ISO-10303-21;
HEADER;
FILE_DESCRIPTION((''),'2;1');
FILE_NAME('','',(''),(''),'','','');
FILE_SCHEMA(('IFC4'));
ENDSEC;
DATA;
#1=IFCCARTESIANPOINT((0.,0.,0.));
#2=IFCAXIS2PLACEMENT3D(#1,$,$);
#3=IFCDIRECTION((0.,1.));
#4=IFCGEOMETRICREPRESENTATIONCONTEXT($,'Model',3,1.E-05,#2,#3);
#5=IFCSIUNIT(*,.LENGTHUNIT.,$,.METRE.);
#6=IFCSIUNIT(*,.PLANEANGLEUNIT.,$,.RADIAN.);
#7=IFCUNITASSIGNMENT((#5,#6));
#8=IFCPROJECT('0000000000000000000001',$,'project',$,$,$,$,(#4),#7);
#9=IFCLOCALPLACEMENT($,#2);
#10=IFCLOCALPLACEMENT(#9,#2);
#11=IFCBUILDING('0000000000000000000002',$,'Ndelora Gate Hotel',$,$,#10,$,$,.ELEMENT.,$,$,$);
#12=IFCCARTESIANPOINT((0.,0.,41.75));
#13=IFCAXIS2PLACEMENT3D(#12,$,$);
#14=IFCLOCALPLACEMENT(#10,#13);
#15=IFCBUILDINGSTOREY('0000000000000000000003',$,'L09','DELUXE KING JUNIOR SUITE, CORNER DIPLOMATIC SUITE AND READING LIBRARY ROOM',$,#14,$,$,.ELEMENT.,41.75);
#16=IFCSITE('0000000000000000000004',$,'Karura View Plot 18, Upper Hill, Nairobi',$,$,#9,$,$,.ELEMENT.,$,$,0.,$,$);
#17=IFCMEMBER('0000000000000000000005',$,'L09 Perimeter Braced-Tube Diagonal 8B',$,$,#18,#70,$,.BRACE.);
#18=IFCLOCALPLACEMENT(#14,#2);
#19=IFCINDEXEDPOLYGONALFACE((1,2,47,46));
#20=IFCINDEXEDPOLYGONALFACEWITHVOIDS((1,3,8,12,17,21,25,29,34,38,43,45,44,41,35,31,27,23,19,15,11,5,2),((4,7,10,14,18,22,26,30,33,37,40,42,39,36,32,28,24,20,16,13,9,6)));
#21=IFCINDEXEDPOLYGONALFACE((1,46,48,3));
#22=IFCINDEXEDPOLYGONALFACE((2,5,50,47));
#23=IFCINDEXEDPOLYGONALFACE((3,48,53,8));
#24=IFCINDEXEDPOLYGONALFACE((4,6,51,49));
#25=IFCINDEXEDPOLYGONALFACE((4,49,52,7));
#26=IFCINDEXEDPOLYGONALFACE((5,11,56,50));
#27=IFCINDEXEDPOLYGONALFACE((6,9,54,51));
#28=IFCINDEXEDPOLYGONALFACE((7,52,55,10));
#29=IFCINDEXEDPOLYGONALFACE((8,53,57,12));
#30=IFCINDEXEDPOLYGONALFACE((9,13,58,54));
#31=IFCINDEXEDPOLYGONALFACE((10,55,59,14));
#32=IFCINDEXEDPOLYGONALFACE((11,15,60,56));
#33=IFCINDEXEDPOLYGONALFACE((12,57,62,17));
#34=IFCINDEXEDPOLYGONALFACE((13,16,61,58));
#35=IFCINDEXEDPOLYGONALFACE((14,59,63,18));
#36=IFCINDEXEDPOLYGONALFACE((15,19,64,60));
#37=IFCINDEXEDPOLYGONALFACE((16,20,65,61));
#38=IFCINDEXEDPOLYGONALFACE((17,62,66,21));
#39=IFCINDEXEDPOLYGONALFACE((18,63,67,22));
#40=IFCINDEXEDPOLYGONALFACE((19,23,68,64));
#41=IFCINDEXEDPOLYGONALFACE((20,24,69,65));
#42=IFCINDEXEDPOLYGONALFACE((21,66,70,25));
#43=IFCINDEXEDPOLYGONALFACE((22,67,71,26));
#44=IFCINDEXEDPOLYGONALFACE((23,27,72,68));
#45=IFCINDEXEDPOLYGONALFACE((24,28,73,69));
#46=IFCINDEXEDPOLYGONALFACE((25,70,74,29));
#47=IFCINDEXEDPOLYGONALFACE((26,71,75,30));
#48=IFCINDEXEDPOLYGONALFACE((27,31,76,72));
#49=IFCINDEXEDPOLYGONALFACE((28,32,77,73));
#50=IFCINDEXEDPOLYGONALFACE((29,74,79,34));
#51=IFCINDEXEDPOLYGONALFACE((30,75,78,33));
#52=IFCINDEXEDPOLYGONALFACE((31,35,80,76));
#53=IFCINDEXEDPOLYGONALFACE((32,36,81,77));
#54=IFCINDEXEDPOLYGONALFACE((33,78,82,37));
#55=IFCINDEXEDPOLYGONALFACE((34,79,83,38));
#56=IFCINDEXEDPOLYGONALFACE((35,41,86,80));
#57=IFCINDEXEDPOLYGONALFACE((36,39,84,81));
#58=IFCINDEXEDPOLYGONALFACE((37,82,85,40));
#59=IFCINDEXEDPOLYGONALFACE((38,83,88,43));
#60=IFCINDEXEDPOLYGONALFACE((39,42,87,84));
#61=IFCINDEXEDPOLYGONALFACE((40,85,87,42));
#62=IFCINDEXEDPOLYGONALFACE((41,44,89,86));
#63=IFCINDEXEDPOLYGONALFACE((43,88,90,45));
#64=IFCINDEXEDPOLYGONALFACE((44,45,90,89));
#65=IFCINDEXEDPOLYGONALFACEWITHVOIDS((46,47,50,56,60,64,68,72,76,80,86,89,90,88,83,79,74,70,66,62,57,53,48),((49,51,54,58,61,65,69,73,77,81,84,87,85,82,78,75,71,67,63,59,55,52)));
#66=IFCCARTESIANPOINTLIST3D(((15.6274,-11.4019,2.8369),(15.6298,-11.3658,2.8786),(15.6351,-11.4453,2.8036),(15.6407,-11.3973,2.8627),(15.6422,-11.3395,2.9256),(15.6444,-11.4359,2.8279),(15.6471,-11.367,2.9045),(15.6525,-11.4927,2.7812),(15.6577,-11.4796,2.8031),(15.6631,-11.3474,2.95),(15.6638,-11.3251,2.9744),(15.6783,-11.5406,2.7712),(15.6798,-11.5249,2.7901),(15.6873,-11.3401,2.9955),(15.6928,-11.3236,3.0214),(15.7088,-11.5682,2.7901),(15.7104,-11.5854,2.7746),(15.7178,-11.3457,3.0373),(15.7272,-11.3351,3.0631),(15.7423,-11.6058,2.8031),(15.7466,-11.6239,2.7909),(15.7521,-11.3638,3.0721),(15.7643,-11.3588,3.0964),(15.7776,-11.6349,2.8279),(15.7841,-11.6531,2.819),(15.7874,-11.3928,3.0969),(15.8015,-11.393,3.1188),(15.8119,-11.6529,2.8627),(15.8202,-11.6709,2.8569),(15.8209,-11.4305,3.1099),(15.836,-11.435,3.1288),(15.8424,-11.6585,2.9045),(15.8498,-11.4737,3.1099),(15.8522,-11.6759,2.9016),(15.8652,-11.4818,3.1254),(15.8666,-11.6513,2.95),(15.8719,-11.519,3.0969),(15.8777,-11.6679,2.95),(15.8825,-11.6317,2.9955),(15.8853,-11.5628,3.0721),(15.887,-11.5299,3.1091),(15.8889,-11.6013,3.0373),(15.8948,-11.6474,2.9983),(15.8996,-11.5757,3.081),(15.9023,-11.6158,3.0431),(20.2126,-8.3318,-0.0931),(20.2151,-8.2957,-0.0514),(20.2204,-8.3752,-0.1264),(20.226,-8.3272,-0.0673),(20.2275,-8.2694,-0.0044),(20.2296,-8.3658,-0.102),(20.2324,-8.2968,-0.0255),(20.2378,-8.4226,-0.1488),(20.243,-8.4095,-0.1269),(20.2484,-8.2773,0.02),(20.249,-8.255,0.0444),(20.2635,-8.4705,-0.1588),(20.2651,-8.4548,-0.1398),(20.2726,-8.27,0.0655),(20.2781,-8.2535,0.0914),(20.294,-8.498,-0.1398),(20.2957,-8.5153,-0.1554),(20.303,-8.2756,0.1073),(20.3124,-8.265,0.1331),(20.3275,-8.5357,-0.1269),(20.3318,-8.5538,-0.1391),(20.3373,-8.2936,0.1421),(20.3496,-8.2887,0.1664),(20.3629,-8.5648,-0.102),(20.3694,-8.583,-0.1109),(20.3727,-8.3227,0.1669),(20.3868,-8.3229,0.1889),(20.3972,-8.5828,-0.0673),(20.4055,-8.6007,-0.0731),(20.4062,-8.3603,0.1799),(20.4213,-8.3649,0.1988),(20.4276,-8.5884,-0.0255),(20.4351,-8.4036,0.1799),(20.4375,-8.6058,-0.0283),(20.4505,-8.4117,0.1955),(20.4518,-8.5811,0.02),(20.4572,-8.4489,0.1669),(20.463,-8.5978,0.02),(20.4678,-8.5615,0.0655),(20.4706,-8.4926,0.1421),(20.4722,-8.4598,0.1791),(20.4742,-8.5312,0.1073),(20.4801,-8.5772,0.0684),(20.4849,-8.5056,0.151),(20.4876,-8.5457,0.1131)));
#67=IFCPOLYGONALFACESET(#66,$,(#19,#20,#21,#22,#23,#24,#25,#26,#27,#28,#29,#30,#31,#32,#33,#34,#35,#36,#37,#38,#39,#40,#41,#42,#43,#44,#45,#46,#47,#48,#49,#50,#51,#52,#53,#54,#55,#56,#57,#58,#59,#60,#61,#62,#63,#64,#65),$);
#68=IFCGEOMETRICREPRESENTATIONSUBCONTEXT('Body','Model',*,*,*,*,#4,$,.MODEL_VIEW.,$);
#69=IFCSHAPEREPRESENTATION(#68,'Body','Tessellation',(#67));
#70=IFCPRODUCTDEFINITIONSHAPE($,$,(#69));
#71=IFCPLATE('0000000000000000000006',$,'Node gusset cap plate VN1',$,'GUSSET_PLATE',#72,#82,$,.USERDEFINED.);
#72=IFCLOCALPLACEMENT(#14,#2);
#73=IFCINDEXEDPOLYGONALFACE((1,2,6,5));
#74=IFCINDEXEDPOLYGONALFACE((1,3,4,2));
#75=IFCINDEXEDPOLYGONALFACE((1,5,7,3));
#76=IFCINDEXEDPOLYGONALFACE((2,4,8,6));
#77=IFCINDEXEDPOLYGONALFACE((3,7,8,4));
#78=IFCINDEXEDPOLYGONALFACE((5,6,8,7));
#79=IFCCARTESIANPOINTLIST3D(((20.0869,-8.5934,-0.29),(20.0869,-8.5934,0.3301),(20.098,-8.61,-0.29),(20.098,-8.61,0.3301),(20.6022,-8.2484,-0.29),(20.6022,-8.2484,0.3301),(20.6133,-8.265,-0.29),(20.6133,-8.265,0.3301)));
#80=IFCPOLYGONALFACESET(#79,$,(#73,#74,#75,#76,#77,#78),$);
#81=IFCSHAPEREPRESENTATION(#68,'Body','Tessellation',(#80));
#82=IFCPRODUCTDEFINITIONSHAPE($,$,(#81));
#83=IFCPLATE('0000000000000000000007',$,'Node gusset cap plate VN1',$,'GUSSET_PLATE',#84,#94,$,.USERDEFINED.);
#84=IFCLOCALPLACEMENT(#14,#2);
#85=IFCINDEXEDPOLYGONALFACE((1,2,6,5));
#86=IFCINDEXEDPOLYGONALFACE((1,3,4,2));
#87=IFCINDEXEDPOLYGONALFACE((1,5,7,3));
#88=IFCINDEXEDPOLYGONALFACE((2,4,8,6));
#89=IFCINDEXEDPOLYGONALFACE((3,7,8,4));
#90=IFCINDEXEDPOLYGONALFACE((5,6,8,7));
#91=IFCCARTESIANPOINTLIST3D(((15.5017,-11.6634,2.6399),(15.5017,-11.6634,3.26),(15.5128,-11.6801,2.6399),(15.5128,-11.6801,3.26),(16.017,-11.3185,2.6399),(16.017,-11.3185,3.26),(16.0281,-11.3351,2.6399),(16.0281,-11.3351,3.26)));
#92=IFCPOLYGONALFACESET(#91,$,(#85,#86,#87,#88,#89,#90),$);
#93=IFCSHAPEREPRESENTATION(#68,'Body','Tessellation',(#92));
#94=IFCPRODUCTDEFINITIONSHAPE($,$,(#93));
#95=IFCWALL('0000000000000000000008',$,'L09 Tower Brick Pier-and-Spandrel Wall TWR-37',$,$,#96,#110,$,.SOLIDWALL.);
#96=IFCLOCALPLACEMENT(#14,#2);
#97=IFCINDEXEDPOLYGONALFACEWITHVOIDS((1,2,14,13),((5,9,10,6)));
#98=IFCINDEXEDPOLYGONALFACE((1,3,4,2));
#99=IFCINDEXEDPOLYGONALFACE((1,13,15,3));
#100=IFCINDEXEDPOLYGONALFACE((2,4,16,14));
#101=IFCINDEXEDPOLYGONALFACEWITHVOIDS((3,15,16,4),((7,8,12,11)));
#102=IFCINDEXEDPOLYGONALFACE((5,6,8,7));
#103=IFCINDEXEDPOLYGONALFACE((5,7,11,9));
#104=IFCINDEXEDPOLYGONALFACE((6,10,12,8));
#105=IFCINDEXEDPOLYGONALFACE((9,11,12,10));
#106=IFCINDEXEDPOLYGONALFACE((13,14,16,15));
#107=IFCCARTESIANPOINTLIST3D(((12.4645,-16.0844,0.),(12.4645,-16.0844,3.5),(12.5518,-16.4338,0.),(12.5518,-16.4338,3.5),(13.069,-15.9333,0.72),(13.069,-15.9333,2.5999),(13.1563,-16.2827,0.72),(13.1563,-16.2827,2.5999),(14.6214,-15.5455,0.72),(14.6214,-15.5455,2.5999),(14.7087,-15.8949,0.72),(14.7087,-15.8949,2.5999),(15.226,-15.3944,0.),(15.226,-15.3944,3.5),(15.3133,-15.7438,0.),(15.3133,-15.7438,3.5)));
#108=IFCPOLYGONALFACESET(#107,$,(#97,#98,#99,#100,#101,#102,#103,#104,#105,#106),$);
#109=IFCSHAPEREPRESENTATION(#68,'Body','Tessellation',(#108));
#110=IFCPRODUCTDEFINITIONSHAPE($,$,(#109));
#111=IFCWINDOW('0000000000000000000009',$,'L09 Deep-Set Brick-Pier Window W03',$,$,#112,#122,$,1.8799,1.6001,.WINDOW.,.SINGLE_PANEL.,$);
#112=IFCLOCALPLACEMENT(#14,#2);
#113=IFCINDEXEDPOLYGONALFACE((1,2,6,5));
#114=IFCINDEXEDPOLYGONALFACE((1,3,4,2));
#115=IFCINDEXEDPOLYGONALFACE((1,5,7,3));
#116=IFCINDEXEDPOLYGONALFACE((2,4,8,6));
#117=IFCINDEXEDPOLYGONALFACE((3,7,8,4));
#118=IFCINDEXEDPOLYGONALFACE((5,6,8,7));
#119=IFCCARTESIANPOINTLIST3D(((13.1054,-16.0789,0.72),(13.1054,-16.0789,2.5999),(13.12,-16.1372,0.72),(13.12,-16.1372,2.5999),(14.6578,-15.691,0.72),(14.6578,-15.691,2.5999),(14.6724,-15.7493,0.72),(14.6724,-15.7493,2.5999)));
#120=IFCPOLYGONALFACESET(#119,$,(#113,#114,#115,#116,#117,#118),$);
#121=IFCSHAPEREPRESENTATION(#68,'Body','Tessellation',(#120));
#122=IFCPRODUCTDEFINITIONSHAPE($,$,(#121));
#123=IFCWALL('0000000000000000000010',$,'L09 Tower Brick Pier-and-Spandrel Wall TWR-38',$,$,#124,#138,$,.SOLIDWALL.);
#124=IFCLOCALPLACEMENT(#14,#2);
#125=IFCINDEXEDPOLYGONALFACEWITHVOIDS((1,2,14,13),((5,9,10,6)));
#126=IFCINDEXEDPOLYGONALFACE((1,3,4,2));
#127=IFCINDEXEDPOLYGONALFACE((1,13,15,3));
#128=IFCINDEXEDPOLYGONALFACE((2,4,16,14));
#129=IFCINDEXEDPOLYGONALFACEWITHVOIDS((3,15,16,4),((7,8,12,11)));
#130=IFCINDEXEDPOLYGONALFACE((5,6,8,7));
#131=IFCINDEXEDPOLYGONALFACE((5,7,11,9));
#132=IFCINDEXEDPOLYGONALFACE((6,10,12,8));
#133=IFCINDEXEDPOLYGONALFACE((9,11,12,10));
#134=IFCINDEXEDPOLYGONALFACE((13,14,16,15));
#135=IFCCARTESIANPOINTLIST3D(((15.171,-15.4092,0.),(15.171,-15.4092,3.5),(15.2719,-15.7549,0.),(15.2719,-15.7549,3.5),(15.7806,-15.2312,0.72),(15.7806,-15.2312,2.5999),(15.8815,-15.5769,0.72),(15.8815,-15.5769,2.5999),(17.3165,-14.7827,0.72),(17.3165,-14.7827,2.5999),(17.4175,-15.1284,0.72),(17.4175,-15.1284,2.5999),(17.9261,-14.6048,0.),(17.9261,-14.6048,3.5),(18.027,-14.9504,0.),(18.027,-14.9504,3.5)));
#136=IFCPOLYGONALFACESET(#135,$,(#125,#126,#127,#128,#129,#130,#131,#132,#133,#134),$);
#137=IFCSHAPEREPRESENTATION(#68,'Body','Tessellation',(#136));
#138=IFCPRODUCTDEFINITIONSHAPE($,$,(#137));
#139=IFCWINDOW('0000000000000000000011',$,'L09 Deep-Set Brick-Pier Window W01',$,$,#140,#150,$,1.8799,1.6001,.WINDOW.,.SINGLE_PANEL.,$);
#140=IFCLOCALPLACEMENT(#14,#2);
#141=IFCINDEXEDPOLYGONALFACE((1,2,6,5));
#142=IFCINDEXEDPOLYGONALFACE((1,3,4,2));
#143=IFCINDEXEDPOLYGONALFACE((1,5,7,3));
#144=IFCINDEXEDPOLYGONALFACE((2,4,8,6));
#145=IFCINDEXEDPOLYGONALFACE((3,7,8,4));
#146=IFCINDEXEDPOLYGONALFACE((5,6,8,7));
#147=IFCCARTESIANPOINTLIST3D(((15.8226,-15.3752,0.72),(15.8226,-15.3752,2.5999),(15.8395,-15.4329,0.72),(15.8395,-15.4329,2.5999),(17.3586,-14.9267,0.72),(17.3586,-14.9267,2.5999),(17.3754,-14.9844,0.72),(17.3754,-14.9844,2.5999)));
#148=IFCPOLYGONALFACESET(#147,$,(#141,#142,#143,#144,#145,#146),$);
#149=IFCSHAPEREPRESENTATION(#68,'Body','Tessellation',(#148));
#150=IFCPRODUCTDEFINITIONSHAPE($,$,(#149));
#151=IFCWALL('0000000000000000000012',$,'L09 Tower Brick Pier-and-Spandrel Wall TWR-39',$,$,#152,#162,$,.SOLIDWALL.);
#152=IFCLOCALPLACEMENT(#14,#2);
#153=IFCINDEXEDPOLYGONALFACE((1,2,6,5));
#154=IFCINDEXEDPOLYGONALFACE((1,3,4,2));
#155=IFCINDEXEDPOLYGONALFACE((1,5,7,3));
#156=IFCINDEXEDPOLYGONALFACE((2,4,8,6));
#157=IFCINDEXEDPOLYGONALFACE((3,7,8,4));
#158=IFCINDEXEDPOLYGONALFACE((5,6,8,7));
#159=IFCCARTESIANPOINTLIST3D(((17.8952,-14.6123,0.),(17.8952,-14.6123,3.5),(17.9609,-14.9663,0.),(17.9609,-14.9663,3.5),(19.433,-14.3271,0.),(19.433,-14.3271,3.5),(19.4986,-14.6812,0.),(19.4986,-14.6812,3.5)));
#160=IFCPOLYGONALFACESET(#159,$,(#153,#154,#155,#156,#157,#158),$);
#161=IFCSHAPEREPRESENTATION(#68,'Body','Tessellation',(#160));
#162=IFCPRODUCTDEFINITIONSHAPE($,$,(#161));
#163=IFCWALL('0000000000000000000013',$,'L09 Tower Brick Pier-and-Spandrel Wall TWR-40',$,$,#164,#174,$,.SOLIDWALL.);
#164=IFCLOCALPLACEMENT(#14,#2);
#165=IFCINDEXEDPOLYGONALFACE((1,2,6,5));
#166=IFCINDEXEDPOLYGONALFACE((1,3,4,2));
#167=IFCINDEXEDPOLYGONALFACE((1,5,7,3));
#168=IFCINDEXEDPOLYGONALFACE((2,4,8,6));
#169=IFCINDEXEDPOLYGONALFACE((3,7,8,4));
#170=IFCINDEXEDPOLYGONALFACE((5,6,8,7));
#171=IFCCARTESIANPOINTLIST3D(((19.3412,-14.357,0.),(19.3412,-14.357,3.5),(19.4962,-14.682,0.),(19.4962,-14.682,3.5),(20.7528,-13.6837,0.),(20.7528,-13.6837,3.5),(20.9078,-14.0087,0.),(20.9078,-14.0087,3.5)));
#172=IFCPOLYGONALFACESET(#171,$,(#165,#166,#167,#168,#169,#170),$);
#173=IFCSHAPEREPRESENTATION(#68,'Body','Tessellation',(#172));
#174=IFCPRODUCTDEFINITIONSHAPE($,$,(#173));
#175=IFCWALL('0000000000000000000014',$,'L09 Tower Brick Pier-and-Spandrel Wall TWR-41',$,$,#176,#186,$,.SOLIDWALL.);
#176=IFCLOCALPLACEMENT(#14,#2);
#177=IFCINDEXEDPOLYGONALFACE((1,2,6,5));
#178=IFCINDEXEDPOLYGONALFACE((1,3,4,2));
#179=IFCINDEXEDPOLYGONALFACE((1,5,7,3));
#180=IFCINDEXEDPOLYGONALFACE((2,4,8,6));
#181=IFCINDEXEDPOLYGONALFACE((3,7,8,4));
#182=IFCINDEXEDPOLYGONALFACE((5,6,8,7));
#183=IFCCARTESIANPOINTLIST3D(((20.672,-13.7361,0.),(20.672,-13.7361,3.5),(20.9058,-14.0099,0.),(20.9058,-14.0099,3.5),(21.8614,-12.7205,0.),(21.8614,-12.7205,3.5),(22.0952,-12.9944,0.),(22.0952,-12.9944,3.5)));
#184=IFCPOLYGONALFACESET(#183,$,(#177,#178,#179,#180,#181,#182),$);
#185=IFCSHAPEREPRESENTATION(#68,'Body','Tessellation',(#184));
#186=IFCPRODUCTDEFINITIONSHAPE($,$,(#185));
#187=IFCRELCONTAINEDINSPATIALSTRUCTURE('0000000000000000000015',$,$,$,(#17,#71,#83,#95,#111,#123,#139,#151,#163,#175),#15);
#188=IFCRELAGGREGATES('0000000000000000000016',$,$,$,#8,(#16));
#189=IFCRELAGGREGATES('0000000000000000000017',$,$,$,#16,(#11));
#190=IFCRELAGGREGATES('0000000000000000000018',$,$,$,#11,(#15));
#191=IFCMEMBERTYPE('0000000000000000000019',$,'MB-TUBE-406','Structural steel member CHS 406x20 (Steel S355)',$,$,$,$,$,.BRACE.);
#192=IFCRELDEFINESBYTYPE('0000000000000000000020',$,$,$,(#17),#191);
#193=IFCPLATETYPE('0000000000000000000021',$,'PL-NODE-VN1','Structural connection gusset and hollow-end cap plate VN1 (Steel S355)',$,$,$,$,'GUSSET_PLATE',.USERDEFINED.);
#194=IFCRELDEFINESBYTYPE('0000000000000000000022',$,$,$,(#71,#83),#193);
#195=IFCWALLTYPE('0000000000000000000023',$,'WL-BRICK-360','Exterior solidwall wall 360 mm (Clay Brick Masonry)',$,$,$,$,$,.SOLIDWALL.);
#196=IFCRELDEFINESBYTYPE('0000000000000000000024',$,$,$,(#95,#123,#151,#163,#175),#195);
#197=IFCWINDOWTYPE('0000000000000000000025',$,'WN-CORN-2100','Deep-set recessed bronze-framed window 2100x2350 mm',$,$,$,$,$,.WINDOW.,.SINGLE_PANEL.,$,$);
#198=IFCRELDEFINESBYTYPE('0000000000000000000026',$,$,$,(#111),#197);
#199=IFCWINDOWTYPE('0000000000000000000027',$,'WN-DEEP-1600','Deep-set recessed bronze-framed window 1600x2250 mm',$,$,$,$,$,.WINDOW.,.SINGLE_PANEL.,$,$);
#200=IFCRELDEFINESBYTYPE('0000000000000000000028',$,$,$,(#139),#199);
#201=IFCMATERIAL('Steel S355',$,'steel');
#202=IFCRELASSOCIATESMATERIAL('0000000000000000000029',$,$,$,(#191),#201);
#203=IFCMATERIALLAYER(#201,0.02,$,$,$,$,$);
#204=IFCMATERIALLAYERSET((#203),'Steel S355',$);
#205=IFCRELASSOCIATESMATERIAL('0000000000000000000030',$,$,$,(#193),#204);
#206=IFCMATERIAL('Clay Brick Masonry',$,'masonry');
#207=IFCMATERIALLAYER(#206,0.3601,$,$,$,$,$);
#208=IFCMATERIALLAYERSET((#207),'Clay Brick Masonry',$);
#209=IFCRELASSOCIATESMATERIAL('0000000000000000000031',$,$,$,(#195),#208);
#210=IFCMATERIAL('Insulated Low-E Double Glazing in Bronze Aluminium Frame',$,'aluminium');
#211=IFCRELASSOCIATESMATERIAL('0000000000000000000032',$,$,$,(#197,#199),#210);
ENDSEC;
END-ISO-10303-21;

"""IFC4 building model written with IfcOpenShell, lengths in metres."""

from ifc_helpers import new_model, si_unit, direction, frame, frame_2d, origin, origin_2d, place, context, subcontext, project, spatial, rectangle, hollow_circle, extrude, material, layer, layer_set, material_profile, profile_set, type_object, element, fill, save


model = new_model("IFC4")

# Units and contexts
model_context = context("Model", 3, precision=1e-05, world=origin(), true_north=direction((0.0, 1.0)))
body_context = subcontext(model_context, "Body", "Model", "MODEL_VIEW")
ifc_project = project(units=[si_unit("LENGTHUNIT", "METRE"), si_unit("PLANEANGLEUNIT", "RADIAN")], contexts=[model_context])

# Site, building, storey
site_placement = place(None, origin())
site = spatial("IfcSite", under=ifc_project, at=site_placement, Name="Karura View Plot 18, Upper Hill, Nairobi", CompositionType="ELEMENT", RefElevation=0.0)
building_placement = place(site_placement, origin())
building = spatial("IfcBuilding", under=site, at=building_placement, Name="Ndelora Gate Hotel", CompositionType="ELEMENT")
storey_placement = place(building_placement, frame((0.0, 0.0, 41.75)))
storey = spatial("IfcBuildingStorey", under=building, at=storey_placement, Name="L09", Description="DELUXE KING JUNIOR SUITE, CORNER DIPLOMATIC SUITE AND READING LIBRARY ROOM", CompositionType="ELEMENT", Elevation=41.75)

# Shared definitions
ifc_material_1 = material(Name="Steel S355", Category="steel")

# Member
ifc_material_profile_1 = material_profile(ifc_material_1, hollow_circle(Radius=0.2029, WallThickness=0.02, at=origin_2d()), Name="CHS 406x20")
ifc_profile_set_1 = profile_set([ifc_material_profile_1], Name="Steel S355")
member_type = type_object("IfcMemberType", Name="MB-TUBE-406", Description="Structural steel member CHS 406x20 (Steel S355)", PredefinedType="BRACE", material=ifc_profile_set_1)
member_placement = place(storey_placement, frame((20.3501, -8.4292, 0.02), z_axis=(-0.733901, -0.491391, 0.468961), x_axis=(0.556363, -0.830939, 0.0)))
element("IfcMember", 1, at=member_placement, inside=storey, type_object=member_type, Name="L09 Perimeter Braced-Tube Diagonal 8B", PredefinedType="BRACE", context=body_context, shape_type="SweptSolid", body=[
    extrude(hollow_circle(Radius=0.2029, WallThickness=0.02, at=origin_2d()), origin(), (0.0, 0.0, 1.0), 6.2478),
])

# Plates
ifc_layer_1 = layer(ifc_material_1, 0.02)
ifc_layer_set_1 = layer_set([ifc_layer_1], Name="Steel S355")
plate_type = type_object("IfcPlateType", Name="PL-NODE-VN1", Description="Structural connection gusset and hollow-end cap plate VN1 (Steel S355)", ElementType="GUSSET_PLATE", PredefinedType="USERDEFINED", material=ifc_layer_set_1)
for number, where, z_axis, x_axis, name in (
    (2, (20.3501, -8.4292, -0.29), (0.0, 0.0, 1.0), (0.830984, 0.556296, 0.0), "Node gusset cap plate VN1"),
    (3, (15.7649, -11.4993, 2.6399), (0.0, 0.0, 1.0), (0.830984, 0.556296, 0.0), "Node gusset cap plate VN1"),
):
    element("IfcPlate", number, at=place(storey_placement, frame(where, z_axis=z_axis, x_axis=x_axis)), inside=storey, type_object=plate_type, Name=name, ObjectType="GUSSET_PLATE", PredefinedType="USERDEFINED", context=body_context, shape_type="SweptSolid", body=[
        extrude(rectangle(XDim=0.6201, YDim=0.02, at=origin_2d()), origin(), (0.0, 0.0, 1.0), 0.6201),
    ])

# Walls, openings, windows
ifc_material_2 = material(Name="Clay Brick Masonry", Category="masonry")
ifc_layer_2 = layer(ifc_material_2, 0.3601)
ifc_layer_set_2 = layer_set([ifc_layer_2], Name="Clay Brick Masonry")
wall_type = type_object("IfcWallType", Name="WL-BRICK-360", Description="Exterior solidwall wall 360 mm (Clay Brick Masonry)", PredefinedType="SOLIDWALL", material=ifc_layer_set_2)
wall_1_placement = place(storey_placement, frame((15.2698, -15.5691, 0.0), z_axis=(0.0, 0.0, 1.0), x_axis=(-0.970178, -0.242394, 0.0)))
wall_1 = element("IfcWall", 4, at=wall_1_placement, inside=storey, type_object=wall_type, Name="L09 Tower Brick Pier-and-Spandrel Wall TWR-37", PredefinedType="SOLIDWALL", context=body_context, shape_type="SweptSolid", body=[
    extrude(rectangle(XDim=2.8464, YDim=0.3601, at=frame_2d((1.4233, 0.0))), origin(), (0.0, 0.0, 1.0), 3.5),
])
opening_1_placement = place(wall_1_placement, frame((0.6233, 0.0, 0.72)))
opening_1 = element("IfcOpeningElement", 5, at=opening_1_placement, cuts=wall_1, PredefinedType="OPENING", context=body_context, shape_type="SweptSolid", body=[
    extrude(rectangle(XDim=1.6001, YDim=1.8799, at=frame_2d((0.8, 0.9399))), frame((0.0, 0.1899, 0.0), z_axis=(0.0, -1.0, 0.0), x_axis=(1.0, 0.0, 0.0)), (0.0, 0.0, 1.0), 0.3801),
])
ifc_material_3 = material(Name="Insulated Low-E Double Glazing in Bronze Aluminium Frame", Category="aluminium")
window_type_1 = type_object("IfcWindowType", Name="WN-CORN-2100", Description="Deep-set recessed bronze-framed window 2100x2350 mm", PartitioningType="SINGLE_PANEL", PredefinedType="WINDOW", material=ifc_material_3)
window_1_placement = place(opening_1_placement, origin())
window_1 = element("IfcWindow", 6, at=window_1_placement, inside=storey, type_object=window_type_1, Name="L09 Deep-Set Brick-Pier Window W03", OverallHeight=1.8799, OverallWidth=1.6001, PartitioningType="SINGLE_PANEL", PredefinedType="WINDOW", context=body_context, shape_type="SweptSolid", body=[
    extrude(rectangle(XDim=1.6001, YDim=1.8799, at=frame_2d((0.8, 0.9399))), frame((0.0, 0.03, 0.0), z_axis=(0.0, -1.0, 0.0), x_axis=(1.0, 0.0, 0.0)), (0.0, 0.0, 1.0), 0.0601),
])
fill(opening_1, window_1)
wall_2_placement = place(storey_placement, frame((17.9766, -14.7776, 0.0), z_axis=(0.0, 0.0, 1.0), x_axis=(-0.959919, -0.280278, 0.0)))
wall_2 = element("IfcWall", 7, at=wall_2_placement, inside=storey, type_object=wall_type, Name="L09 Tower Brick Pier-and-Spandrel Wall TWR-38", PredefinedType="SOLIDWALL", context=body_context, shape_type="SweptSolid", body=[
    extrude(rectangle(XDim=2.8701, YDim=0.3601, at=frame_2d((1.4351, 0.0))), origin(), (0.0, 0.0, 1.0), 3.5),
])
opening_2_placement = place(wall_2_placement, frame((0.635, 0.0, 0.72)))
opening_2 = element("IfcOpeningElement", 8, at=opening_2_placement, cuts=wall_2, PredefinedType="OPENING", context=body_context, shape_type="SweptSolid", body=[
    extrude(rectangle(XDim=1.6001, YDim=1.8799, at=frame_2d((0.8, 0.9399))), frame((0.0, 0.1899, 0.0), z_axis=(0.0, -1.0, 0.0), x_axis=(1.0, 0.0, 0.0)), (0.0, 0.0, 1.0), 0.3801),
])
window_type_2 = type_object("IfcWindowType", Name="WN-DEEP-1600", Description="Deep-set recessed bronze-framed window 1600x2250 mm", PartitioningType="SINGLE_PANEL", PredefinedType="WINDOW", material=ifc_material_3)
window_2_placement = place(opening_2_placement, origin())
window_2 = element("IfcWindow", 9, at=window_2_placement, inside=storey, type_object=window_type_2, Name="L09 Deep-Set Brick-Pier Window W01", OverallHeight=1.8799, OverallWidth=1.6001, PartitioningType="SINGLE_PANEL", PredefinedType="WINDOW", context=body_context, shape_type="SweptSolid", body=[
    extrude(rectangle(XDim=1.6001, YDim=1.8799, at=frame_2d((0.8, 0.9399))), frame((0.0, 0.03, 0.0), z_axis=(0.0, -1.0, 0.0), x_axis=(1.0, 0.0, 0.0)), (0.0, 0.0, 1.0), 0.0601),
])
fill(opening_2, window_2)

# Walls
for number, where, z_axis, x_axis, name in (
    (10, (19.4658, -14.5042, 0.0), (0.0, 0.0, 1.0), (-0.98324, -0.182318, 0.0), "L09 Tower Brick Pier-and-Spandrel Wall TWR-39"),
    (11, (20.8303, -13.8462, 0.0), (0.0, 0.0, 1.0), (-0.902578, -0.430527, 0.0), "L09 Tower Brick Pier-and-Spandrel Wall TWR-40"),
    (12, (21.9783, -12.8574, 0.0), (0.0, 0.0, 1.0), (-0.760489, -0.64935, 0.0), "L09 Tower Brick Pier-and-Spandrel Wall TWR-41"),
):
    element("IfcWall", number, at=place(storey_placement, frame(where, z_axis=z_axis, x_axis=x_axis)), inside=storey, type_object=wall_type, Name=name, PredefinedType="SOLIDWALL", context=body_context, shape_type="SweptSolid", body=[
        extrude(rectangle(XDim=1.564, YDim=0.3601, at=frame_2d((0.782, 0.0))), origin(), (0.0, 0.0, 1.0), 3.5),
    ])

save(model, "model.ifc")
